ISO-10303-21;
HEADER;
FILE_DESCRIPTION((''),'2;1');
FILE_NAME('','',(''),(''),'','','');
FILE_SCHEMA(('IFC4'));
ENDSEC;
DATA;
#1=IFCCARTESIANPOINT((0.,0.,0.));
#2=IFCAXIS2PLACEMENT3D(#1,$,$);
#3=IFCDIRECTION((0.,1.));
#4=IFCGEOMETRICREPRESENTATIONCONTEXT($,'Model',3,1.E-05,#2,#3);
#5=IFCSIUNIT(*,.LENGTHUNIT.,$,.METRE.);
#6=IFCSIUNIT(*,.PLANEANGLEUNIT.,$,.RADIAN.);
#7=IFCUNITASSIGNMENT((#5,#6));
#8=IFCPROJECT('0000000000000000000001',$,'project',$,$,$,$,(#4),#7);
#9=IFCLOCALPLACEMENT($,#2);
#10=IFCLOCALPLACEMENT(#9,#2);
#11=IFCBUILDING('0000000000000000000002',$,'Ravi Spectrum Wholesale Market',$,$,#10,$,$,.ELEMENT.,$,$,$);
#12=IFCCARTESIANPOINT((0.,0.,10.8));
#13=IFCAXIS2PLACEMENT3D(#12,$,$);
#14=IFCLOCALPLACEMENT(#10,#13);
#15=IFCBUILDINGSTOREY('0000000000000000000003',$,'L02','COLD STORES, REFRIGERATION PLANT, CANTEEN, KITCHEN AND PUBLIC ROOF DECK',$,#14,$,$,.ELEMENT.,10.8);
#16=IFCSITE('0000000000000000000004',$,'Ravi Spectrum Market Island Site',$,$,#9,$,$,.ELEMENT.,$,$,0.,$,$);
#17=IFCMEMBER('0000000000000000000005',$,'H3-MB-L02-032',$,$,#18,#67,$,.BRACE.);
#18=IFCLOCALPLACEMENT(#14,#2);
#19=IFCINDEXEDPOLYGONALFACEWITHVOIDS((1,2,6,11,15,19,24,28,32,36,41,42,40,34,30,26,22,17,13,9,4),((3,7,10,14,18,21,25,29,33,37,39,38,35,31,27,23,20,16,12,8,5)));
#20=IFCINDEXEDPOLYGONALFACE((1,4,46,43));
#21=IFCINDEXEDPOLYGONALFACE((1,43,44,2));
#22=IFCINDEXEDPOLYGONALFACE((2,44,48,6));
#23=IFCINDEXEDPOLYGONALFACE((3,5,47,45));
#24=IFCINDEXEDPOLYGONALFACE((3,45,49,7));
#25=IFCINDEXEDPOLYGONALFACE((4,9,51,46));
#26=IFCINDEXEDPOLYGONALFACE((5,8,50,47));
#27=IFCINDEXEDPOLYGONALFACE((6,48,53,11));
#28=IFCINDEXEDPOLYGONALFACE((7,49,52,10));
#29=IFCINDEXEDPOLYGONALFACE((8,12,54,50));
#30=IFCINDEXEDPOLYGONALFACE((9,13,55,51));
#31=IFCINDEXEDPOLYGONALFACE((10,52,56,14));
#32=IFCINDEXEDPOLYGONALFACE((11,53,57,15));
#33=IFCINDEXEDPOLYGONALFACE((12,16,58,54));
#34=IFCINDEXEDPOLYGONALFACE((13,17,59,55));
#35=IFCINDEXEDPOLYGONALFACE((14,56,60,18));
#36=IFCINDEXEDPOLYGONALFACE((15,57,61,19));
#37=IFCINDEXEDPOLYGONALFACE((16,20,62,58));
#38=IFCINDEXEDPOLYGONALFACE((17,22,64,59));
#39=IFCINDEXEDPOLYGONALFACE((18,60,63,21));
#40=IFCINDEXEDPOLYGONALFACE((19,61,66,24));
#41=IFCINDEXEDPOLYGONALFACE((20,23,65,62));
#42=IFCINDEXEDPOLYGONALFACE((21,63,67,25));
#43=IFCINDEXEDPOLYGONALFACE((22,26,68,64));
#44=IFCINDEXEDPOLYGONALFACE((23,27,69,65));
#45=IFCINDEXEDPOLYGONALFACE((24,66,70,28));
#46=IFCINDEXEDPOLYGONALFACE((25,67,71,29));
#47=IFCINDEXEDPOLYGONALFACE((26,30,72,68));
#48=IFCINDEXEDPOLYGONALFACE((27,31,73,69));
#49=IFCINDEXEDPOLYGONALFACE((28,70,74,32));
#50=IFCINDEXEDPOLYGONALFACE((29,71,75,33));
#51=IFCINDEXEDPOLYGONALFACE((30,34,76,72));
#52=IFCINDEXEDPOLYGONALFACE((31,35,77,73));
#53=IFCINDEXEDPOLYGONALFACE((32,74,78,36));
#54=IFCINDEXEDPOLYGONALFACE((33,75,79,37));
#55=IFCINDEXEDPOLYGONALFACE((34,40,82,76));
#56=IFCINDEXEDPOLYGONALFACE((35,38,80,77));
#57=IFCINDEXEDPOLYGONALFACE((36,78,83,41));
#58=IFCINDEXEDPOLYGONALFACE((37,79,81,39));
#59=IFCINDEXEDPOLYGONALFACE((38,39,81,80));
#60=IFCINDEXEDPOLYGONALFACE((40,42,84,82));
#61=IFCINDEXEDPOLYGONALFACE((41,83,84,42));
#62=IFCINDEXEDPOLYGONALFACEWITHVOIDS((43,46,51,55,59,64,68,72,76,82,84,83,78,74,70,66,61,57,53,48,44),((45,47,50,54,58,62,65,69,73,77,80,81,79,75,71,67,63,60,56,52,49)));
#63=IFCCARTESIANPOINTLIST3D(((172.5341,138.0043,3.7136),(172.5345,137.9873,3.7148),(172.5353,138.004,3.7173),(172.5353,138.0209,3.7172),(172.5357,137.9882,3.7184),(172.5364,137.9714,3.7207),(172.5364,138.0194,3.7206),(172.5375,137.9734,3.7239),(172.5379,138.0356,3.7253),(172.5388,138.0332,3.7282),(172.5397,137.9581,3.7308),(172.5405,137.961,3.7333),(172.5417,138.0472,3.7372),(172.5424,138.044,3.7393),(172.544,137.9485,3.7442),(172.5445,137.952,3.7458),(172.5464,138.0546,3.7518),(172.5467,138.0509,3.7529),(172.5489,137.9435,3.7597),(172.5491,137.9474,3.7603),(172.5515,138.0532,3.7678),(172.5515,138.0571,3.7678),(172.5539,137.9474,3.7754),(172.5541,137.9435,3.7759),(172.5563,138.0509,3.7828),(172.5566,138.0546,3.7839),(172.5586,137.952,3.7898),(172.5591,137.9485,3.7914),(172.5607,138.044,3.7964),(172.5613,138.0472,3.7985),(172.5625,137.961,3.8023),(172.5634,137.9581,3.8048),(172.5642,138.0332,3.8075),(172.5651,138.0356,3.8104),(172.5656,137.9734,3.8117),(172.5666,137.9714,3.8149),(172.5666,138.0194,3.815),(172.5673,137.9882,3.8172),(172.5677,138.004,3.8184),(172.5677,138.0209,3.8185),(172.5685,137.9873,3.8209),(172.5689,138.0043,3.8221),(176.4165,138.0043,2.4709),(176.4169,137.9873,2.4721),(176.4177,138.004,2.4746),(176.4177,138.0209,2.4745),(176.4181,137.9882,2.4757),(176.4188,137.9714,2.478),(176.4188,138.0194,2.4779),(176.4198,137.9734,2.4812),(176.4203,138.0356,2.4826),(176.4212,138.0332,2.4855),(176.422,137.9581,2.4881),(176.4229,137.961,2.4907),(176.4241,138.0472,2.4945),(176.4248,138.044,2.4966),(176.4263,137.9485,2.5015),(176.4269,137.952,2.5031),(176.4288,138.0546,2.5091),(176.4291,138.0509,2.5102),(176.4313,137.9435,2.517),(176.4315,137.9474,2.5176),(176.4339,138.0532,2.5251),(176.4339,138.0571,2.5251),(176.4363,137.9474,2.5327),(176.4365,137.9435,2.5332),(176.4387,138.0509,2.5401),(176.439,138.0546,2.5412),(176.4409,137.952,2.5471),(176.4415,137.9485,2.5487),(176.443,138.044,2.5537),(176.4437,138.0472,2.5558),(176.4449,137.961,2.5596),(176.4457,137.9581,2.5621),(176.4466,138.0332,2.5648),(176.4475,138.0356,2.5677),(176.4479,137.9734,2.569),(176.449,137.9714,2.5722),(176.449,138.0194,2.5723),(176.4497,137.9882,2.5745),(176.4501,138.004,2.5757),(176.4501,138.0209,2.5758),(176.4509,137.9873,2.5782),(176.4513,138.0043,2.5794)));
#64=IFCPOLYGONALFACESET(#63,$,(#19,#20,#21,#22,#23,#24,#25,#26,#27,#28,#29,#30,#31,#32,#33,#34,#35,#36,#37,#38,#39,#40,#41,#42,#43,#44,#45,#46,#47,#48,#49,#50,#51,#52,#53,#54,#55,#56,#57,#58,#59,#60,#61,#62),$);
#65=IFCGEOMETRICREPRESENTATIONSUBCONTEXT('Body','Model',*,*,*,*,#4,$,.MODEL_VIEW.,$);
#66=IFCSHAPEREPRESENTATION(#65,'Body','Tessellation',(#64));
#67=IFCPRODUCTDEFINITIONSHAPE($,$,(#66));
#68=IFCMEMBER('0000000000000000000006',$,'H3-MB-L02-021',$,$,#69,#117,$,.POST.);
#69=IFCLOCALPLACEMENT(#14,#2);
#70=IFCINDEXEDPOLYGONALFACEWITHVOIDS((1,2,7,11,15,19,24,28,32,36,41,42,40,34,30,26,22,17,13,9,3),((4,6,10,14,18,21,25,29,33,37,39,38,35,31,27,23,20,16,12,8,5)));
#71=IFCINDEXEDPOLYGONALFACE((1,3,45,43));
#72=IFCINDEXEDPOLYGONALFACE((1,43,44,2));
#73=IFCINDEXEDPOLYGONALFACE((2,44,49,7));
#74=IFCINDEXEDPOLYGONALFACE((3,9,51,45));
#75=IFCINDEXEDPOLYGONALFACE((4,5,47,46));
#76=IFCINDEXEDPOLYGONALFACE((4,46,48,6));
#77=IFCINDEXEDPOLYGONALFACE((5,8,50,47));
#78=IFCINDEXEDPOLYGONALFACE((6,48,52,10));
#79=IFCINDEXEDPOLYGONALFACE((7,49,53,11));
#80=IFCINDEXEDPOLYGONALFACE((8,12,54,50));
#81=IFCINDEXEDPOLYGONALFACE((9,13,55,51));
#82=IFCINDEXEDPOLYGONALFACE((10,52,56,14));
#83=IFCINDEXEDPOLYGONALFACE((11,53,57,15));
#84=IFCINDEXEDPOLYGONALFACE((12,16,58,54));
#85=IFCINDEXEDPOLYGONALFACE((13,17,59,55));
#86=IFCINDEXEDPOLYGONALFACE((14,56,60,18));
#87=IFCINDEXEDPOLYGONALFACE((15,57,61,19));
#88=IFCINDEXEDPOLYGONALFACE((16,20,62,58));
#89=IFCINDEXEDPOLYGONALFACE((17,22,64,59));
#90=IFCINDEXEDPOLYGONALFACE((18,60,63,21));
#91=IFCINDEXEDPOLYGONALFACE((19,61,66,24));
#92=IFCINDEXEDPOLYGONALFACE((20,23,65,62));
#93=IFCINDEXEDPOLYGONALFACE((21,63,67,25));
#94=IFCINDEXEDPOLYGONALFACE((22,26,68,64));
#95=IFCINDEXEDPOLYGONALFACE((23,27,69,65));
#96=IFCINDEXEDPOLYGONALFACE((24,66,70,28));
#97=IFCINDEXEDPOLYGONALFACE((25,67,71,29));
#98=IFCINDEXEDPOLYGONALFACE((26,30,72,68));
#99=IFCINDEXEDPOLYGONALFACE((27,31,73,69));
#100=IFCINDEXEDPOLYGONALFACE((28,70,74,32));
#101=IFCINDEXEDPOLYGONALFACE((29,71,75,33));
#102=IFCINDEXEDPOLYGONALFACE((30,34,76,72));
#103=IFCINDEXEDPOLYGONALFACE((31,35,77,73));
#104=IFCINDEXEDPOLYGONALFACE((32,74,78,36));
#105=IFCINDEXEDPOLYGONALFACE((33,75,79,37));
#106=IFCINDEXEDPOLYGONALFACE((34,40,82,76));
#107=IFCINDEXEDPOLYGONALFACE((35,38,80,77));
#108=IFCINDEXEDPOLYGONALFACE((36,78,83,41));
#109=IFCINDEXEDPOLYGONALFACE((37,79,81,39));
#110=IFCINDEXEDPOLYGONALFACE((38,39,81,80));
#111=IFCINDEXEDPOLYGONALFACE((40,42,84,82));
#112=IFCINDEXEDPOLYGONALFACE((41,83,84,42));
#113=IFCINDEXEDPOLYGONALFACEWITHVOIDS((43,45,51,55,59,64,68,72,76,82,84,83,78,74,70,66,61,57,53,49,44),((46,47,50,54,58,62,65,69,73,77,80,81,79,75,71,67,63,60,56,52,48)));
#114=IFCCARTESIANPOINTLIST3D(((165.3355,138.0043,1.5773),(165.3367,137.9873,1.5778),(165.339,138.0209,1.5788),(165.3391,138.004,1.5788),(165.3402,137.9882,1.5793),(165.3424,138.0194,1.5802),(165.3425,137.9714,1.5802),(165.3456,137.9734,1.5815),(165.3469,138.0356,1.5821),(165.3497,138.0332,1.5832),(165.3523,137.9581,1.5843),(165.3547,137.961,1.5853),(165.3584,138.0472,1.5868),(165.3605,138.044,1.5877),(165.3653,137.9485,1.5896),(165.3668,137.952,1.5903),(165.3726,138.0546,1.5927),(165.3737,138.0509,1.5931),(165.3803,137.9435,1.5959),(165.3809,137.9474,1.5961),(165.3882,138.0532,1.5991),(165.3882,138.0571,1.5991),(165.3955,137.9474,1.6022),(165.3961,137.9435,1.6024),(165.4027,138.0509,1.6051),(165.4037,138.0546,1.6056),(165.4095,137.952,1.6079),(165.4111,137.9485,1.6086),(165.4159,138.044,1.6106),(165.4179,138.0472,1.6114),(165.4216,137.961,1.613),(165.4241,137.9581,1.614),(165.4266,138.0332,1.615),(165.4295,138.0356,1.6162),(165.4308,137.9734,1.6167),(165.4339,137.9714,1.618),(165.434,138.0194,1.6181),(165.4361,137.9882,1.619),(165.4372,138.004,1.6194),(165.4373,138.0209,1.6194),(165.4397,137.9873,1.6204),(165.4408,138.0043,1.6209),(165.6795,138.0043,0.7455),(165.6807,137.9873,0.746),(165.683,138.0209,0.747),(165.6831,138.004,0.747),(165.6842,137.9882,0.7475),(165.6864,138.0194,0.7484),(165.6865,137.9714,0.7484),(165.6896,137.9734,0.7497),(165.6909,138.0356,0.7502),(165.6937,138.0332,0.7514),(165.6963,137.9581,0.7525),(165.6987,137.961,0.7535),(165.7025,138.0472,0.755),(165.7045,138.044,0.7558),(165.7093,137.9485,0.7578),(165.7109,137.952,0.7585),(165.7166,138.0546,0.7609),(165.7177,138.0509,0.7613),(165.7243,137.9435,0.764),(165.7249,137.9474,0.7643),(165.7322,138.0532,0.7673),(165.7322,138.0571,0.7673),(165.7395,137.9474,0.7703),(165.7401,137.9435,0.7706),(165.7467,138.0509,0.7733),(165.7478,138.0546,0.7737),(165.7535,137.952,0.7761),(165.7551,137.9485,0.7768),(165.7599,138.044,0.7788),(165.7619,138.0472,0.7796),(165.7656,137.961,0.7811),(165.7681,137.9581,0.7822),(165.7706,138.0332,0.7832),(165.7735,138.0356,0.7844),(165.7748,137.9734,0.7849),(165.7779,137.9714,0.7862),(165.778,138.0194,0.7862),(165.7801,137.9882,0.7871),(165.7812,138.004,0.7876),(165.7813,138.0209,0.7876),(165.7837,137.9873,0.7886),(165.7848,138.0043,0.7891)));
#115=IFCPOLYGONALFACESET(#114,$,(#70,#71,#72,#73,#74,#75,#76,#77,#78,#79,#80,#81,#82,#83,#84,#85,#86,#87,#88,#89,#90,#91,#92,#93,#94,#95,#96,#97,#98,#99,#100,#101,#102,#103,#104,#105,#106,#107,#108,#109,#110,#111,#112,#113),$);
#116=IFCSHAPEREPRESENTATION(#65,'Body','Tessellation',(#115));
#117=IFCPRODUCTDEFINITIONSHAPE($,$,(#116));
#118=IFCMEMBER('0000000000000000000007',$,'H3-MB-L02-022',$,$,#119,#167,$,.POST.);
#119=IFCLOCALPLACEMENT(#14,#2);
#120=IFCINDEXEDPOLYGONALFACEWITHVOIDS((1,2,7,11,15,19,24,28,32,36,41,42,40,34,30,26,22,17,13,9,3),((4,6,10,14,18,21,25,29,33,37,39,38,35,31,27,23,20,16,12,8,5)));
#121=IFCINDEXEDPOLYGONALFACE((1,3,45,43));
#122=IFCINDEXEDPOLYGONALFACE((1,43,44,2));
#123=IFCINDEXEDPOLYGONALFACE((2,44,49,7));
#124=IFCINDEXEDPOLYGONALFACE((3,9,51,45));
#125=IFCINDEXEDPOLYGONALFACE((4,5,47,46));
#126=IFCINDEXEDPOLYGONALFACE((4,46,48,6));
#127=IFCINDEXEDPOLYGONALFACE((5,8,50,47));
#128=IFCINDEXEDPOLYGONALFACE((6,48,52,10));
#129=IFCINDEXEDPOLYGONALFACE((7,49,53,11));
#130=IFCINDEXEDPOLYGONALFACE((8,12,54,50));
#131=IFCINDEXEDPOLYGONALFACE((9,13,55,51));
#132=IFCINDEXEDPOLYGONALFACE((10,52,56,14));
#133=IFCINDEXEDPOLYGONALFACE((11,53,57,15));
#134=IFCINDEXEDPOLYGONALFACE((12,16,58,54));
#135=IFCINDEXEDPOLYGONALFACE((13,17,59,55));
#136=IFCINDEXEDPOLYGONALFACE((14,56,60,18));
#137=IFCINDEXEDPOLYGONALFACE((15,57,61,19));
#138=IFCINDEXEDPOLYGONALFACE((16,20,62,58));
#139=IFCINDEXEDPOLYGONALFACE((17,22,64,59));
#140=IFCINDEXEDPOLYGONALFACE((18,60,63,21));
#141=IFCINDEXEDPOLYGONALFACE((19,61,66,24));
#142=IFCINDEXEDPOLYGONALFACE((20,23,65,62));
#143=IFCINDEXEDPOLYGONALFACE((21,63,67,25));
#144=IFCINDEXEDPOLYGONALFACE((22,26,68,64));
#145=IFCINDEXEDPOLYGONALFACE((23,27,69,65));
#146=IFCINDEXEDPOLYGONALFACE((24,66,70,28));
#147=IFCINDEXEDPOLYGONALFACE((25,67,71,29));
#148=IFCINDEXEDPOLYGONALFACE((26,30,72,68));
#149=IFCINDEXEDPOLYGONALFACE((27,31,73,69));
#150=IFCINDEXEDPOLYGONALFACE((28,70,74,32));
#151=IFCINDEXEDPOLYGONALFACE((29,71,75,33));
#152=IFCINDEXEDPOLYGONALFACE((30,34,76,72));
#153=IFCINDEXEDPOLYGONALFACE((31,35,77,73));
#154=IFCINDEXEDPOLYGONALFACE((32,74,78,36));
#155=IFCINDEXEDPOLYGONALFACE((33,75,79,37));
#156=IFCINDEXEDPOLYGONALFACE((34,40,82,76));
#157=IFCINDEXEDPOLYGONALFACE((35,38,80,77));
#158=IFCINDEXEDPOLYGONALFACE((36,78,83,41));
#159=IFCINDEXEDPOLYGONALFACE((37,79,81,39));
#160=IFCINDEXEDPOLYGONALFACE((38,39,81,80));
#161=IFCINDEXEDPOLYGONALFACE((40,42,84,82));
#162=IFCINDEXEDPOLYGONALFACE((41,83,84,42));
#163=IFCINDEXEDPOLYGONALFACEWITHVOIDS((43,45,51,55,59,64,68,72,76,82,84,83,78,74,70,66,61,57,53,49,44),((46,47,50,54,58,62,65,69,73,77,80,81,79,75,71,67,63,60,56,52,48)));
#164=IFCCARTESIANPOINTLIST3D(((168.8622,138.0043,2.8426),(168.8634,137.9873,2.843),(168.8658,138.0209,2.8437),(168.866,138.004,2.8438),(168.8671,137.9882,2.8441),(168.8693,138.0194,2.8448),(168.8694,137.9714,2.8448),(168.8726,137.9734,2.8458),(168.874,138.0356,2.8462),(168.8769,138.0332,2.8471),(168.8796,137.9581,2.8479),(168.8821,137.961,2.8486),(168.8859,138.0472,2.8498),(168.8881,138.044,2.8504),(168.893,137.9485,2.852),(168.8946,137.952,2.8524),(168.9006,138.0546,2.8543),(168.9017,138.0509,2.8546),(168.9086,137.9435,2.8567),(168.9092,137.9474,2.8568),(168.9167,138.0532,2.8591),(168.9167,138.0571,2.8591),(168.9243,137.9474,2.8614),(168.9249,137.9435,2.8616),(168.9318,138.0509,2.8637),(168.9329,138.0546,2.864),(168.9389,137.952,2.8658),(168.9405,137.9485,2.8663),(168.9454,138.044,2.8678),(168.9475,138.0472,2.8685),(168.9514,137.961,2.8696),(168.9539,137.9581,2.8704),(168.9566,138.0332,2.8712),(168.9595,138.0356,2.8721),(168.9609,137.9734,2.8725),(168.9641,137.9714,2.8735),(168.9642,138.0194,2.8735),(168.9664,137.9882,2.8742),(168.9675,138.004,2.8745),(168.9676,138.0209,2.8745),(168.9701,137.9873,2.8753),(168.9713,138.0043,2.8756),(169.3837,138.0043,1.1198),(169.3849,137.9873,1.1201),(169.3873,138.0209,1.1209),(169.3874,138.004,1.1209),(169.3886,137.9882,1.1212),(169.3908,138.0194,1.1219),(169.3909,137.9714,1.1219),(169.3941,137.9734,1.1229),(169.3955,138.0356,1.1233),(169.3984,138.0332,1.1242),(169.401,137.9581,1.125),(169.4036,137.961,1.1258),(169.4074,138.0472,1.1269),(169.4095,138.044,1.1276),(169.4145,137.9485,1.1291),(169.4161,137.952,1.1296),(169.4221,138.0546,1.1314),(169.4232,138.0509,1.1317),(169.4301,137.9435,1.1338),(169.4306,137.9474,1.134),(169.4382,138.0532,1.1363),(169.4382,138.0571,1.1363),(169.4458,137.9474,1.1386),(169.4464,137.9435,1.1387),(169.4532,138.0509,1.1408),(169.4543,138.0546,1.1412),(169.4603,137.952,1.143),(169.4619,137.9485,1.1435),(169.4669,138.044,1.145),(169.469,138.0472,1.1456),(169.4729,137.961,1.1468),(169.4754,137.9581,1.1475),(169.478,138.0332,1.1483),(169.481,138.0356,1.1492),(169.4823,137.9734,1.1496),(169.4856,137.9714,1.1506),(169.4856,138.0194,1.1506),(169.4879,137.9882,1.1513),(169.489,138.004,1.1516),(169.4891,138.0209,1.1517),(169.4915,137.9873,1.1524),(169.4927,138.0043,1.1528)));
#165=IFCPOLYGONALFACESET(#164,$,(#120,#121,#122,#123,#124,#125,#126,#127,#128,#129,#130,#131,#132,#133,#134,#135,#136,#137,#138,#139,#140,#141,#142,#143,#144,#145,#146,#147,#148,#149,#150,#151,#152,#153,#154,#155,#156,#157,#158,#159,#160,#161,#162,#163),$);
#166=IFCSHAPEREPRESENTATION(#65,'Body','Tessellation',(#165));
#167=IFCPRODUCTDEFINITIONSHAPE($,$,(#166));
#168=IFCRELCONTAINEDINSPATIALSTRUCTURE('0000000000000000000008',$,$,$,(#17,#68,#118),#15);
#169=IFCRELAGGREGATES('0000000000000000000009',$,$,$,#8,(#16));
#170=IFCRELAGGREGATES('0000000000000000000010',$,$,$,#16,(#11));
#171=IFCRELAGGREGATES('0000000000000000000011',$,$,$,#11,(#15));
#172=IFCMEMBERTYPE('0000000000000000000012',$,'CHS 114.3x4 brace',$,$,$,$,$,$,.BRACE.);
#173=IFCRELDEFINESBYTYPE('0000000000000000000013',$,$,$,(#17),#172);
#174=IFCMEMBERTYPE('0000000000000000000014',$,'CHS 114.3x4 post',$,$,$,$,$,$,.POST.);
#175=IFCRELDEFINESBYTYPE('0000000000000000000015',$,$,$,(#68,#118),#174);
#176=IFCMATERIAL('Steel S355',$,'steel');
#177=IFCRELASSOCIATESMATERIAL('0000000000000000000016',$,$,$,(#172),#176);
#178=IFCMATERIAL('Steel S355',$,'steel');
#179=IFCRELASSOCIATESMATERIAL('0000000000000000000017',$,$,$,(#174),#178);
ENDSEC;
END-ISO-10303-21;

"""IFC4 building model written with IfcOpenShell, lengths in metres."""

from ifc_helpers import new_model, si_unit, direction, frame, origin, origin_2d, place, context, subcontext, project, spatial, hollow_circle, extrude, material, material_profile, profile_set, type_object, element, save


model = new_model("IFC4")

# Units and contexts
model_context = context("Model", 3, precision=1e-05, world=origin(), true_north=direction((0.0, 1.0)))
body_context = subcontext(model_context, "Body", "Model", "MODEL_VIEW")
ifc_project = project(units=[si_unit("LENGTHUNIT", "METRE"), si_unit("PLANEANGLEUNIT", "RADIAN")], contexts=[model_context])

# Site, building, storey
site_placement = place(None, origin())
site = spatial("IfcSite", under=ifc_project, at=site_placement, Name="Ravi Spectrum Market Island Site", CompositionType="ELEMENT", RefElevation=0.0)
building_placement = place(site_placement, origin())
building = spatial("IfcBuilding", under=site, at=building_placement, Name="Ravi Spectrum Wholesale Market", CompositionType="ELEMENT")
storey_placement = place(building_placement, frame((0.0, 0.0, 10.8)))
storey = spatial("IfcBuildingStorey", under=building, at=storey_placement, Name="L02", Description="COLD STORES, REFRIGERATION PLANT, CANTEEN, KITCHEN AND PUBLIC ROOF DECK", CompositionType="ELEMENT", Elevation=10.8)

# Members
ifc_material_1 = material(Name="Steel S355", Category="steel")
ifc_material_profile_1 = material_profile(ifc_material_1, hollow_circle(Radius=0.0571, WallThickness=0.0039, at=origin_2d()))
ifc_profile_set_1 = profile_set([ifc_material_profile_1], Name="Steel S355")
member_type_1 = type_object("IfcMemberType", Name="CHS 114.3x4 brace", PredefinedType="BRACE", material=ifc_profile_set_1)
member_1_placement = place(storey_placement, frame((172.5515, 138.0, 3.7678), z_axis=(0.952401, 0.0, -0.30485), x_axis=(0.0, 1.0, 0.0)))
element("IfcMember", 1, at=member_1_placement, inside=storey, type_object=member_type_1, Name="H3-MB-L02-032", PredefinedType="BRACE", context=body_context, shape_type="SweptSolid", body=[
    extrude(hollow_circle(Radius=0.0571, WallThickness=0.0039, at=origin_2d()), origin(), (0.0, 0.0, 1.0), 4.0764),
])
ifc_material_2 = material(Name="Steel S355", Category="steel")
ifc_material_profile_2 = material_profile(ifc_material_2, hollow_circle(Radius=0.0571, WallThickness=0.0039, at=origin_2d()))
ifc_profile_set_2 = profile_set([ifc_material_profile_2], Name="Steel S355")
member_type_2 = type_object("IfcMemberType", Name="CHS 114.3x4 post", PredefinedType="POST", material=ifc_profile_set_2)
member_2_placement = place(storey_placement, frame((165.3882, 138.0, 1.5991), z_axis=(0.382168, 0.0, -0.924093), x_axis=(0.0, 1.0, 0.0)))
element("IfcMember", 2, at=member_2_placement, inside=storey, type_object=member_type_2, Name="H3-MB-L02-021", PredefinedType="POST", context=body_context, shape_type="SweptSolid", body=[
    extrude(hollow_circle(Radius=0.0571, WallThickness=0.0039, at=origin_2d()), origin(), (0.0, 0.0, 1.0), 0.9001),
])
for number, where, z_axis, x_axis, name in (
    (3, (168.9167, 138.0, 2.8591), (0.289699, 0.0, -0.957118), (0.0, 1.0, 0.0), "H3-MB-L02-022"),
):
    element("IfcMember", number, at=place(storey_placement, frame(where, z_axis=z_axis, x_axis=x_axis)), inside=storey, type_object=member_type_2, Name=name, PredefinedType="POST", context=body_context, shape_type="SweptSolid", body=[
        extrude(hollow_circle(Radius=0.0571, WallThickness=0.0039, at=origin_2d()), origin(), (0.0, 0.0, 1.0), 1.8),
    ])

save(model, "model.ifc")
